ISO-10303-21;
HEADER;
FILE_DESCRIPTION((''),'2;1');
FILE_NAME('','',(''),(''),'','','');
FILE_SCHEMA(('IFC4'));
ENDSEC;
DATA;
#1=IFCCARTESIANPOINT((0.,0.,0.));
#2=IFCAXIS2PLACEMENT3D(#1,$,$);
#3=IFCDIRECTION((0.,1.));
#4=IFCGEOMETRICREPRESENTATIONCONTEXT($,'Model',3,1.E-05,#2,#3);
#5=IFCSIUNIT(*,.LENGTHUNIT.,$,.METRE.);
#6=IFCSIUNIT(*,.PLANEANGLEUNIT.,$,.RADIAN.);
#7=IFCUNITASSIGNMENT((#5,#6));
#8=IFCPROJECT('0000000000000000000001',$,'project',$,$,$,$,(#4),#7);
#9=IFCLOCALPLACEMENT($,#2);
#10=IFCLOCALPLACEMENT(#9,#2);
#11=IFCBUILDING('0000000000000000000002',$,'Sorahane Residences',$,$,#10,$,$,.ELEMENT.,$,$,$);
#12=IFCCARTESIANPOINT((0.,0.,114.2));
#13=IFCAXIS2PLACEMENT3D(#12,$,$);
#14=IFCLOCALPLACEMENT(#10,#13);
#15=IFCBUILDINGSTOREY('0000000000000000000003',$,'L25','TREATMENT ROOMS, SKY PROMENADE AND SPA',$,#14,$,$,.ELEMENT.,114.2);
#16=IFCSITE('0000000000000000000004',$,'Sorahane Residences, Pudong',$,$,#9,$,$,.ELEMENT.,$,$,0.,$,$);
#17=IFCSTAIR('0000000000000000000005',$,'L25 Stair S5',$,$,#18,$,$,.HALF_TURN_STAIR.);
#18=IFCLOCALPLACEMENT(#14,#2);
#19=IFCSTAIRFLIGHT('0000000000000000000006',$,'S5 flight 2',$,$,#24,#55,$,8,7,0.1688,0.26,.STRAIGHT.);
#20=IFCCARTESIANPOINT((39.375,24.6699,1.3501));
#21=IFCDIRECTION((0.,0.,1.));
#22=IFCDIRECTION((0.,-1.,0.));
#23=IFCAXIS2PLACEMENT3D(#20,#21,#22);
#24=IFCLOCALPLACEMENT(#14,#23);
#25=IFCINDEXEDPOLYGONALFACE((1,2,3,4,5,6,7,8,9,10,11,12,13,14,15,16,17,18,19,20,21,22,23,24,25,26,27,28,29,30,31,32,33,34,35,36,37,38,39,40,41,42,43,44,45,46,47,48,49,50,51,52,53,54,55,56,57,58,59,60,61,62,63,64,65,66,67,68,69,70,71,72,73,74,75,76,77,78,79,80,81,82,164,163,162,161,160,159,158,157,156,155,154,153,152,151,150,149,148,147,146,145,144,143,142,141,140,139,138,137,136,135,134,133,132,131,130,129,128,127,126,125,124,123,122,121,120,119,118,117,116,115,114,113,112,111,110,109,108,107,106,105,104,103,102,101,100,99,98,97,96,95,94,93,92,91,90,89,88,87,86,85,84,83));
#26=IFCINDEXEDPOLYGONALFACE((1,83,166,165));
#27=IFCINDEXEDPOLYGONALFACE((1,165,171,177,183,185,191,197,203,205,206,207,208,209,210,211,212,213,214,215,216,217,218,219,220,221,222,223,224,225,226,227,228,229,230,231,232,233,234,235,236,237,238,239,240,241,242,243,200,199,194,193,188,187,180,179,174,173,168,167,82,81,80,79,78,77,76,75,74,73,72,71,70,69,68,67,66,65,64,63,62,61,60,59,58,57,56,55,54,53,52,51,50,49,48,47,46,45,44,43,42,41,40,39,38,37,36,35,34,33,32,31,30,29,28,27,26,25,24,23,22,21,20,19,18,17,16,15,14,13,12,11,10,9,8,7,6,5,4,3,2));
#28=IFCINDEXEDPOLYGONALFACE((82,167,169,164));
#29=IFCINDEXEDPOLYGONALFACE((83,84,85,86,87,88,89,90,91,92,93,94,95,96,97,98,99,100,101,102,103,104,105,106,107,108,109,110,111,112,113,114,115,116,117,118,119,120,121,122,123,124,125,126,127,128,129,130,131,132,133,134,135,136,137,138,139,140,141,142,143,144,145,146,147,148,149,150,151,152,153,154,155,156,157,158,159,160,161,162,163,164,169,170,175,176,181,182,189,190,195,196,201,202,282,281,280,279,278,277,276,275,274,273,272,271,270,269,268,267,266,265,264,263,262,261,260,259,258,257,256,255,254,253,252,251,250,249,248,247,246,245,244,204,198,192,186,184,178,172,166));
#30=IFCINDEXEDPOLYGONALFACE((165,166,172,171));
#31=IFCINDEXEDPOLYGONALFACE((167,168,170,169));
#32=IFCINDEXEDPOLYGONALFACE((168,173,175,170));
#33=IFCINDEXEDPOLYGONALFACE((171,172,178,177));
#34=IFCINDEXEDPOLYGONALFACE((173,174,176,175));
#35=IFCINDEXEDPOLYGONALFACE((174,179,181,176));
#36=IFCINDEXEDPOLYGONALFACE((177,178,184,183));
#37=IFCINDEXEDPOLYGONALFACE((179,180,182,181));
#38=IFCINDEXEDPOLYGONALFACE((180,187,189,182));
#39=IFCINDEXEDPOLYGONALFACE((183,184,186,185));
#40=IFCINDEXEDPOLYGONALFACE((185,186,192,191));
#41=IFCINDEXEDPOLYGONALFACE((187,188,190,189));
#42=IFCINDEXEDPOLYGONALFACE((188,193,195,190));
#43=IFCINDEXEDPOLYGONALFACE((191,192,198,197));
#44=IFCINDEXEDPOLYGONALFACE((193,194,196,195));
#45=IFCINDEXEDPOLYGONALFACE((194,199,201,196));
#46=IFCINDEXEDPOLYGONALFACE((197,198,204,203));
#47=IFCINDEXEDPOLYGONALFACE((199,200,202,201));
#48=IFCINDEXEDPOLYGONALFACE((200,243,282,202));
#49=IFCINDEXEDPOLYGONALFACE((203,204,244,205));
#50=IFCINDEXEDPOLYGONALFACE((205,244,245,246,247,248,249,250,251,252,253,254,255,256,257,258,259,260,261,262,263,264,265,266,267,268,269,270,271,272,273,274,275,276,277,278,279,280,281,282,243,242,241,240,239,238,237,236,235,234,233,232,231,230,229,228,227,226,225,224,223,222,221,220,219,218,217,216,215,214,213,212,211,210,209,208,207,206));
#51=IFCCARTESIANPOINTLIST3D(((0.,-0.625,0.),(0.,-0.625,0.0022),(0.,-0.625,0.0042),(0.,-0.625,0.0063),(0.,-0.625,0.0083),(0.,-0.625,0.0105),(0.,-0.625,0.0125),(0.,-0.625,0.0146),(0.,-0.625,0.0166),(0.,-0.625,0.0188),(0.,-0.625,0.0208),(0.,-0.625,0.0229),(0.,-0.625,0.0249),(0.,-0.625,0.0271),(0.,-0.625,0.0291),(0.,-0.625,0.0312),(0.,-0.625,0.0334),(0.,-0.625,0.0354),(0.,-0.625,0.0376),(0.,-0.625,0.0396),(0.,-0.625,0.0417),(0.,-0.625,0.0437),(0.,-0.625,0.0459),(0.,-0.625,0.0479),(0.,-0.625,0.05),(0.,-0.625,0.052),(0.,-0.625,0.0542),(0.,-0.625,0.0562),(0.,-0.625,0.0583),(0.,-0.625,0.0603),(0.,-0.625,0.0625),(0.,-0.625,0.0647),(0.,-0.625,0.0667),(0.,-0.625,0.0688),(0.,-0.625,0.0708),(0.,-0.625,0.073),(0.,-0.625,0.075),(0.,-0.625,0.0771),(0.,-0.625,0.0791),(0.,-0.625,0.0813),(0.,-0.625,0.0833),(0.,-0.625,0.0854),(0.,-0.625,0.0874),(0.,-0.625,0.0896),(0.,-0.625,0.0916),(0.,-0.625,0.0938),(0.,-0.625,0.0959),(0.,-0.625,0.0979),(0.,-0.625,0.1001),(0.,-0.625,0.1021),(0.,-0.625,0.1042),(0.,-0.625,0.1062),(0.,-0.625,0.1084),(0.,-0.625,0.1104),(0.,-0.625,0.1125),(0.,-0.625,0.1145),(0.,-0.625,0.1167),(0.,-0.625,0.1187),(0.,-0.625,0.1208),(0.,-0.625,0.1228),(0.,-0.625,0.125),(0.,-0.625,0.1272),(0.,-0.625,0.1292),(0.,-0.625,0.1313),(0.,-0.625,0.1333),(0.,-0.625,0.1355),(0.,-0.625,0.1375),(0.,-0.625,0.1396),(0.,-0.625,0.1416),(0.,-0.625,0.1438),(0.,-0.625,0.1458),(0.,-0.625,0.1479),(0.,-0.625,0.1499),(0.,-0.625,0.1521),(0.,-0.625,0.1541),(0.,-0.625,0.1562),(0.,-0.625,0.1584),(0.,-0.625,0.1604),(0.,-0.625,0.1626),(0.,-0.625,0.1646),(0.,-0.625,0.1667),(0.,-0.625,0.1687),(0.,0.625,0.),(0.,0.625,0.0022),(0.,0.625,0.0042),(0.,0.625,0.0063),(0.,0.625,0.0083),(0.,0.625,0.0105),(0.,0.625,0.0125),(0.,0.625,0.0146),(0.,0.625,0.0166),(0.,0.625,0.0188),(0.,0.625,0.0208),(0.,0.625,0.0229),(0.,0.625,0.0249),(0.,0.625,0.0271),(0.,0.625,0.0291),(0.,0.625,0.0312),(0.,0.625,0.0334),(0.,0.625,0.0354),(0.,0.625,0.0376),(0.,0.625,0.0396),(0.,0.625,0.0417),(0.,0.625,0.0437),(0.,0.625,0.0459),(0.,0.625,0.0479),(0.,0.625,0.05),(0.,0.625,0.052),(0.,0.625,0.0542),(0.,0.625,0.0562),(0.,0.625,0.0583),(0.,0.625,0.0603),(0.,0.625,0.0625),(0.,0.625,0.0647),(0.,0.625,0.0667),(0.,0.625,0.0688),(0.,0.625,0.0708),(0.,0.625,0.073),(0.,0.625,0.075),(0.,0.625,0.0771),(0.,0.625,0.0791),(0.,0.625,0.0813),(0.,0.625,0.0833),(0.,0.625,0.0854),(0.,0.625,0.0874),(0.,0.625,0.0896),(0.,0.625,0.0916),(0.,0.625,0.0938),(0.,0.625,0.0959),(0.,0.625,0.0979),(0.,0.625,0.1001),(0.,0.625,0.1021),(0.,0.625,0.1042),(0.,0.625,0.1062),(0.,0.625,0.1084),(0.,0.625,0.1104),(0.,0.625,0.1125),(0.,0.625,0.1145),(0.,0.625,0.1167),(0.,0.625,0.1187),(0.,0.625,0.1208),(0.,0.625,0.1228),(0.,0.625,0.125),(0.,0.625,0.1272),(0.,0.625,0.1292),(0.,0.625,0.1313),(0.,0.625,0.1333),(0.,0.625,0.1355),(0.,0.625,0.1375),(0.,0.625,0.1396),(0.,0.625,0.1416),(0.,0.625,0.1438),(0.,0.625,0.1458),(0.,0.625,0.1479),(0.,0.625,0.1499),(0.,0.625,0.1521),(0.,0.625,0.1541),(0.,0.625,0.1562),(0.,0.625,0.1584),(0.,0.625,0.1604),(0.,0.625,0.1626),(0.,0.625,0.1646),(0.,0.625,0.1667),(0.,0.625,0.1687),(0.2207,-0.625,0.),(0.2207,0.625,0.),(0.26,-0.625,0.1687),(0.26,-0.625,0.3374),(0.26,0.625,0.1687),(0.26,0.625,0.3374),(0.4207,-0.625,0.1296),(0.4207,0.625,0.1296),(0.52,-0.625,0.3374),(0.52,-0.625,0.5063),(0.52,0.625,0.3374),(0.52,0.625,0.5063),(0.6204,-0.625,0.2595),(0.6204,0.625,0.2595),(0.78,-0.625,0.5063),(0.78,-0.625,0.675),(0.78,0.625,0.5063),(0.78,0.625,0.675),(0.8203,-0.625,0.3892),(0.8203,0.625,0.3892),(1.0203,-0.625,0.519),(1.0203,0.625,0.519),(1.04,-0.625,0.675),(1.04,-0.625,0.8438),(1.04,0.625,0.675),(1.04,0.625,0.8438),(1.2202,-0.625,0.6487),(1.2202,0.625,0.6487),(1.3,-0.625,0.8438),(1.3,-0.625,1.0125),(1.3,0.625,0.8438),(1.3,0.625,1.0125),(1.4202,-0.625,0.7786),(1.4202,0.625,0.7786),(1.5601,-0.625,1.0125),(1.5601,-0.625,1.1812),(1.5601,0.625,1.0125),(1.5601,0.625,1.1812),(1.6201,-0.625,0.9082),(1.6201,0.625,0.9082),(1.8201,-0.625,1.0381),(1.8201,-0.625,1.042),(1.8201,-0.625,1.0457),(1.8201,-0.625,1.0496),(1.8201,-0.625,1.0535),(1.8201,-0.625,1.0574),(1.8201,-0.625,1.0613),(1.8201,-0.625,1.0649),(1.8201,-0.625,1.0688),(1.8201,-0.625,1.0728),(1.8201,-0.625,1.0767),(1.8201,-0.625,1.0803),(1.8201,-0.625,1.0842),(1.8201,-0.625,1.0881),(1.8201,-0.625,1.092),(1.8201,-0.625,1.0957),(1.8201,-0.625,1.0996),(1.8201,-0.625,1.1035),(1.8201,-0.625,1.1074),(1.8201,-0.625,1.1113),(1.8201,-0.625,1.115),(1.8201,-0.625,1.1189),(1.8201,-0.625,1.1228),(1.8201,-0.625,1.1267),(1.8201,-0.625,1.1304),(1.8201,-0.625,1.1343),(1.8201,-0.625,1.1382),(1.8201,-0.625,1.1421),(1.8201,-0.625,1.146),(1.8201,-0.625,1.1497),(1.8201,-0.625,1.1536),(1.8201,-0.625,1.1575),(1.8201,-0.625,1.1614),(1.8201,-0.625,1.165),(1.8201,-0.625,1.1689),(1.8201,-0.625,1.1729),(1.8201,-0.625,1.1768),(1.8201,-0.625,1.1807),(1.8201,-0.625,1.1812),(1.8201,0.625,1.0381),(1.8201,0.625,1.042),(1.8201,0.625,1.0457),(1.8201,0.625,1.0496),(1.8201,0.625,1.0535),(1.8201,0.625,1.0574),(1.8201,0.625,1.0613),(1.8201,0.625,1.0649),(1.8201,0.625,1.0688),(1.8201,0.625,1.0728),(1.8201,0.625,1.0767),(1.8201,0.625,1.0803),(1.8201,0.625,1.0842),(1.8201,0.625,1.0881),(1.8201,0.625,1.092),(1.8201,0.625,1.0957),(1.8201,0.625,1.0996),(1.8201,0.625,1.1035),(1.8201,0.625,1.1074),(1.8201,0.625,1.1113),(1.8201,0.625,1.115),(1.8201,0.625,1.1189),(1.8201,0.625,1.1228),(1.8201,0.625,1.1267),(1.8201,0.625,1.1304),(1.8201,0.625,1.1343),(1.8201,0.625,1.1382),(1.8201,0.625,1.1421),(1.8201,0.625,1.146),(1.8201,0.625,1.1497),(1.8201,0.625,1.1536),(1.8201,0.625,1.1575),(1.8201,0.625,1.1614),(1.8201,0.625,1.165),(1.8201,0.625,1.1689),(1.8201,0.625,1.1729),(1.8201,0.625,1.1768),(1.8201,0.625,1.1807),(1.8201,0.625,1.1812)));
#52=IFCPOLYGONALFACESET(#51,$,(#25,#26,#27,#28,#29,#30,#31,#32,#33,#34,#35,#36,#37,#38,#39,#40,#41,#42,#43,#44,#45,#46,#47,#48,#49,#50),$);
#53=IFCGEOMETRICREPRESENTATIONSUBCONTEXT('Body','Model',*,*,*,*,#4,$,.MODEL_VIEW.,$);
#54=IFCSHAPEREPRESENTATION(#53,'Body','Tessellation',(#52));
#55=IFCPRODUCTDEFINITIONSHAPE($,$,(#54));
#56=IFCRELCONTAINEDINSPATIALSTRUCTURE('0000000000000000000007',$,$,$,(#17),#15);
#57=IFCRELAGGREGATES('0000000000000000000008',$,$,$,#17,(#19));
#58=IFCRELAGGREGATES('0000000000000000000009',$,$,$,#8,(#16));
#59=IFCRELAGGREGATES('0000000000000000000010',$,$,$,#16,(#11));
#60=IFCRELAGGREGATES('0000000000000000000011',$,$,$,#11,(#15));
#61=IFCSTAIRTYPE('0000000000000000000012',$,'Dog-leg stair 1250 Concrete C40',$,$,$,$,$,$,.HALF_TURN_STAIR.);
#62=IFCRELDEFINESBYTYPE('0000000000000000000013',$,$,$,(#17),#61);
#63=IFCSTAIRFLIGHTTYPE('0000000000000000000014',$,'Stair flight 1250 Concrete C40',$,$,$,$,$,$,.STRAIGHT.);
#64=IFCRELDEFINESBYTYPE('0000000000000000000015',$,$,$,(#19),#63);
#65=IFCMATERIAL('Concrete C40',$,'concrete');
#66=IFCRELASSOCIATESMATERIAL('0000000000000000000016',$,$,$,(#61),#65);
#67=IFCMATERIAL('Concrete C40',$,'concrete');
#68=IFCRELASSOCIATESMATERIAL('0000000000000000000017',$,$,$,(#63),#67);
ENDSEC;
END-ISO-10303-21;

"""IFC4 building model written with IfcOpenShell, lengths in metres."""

from ifc_helpers import new_model, si_unit, direction, frame, origin, place, context, subcontext, project, spatial, polyline, outline, extrude, material, type_object, element, aggregate, save


model = new_model("IFC4")

# Units and contexts
model_context = context("Model", 3, precision=1e-05, world=origin(), true_north=direction((0.0, 1.0)))
body_context = subcontext(model_context, "Body", "Model", "MODEL_VIEW")
ifc_project = project(units=[si_unit("LENGTHUNIT", "METRE"), si_unit("PLANEANGLEUNIT", "RADIAN")], contexts=[model_context])

# Site, building, storey
site_placement = place(None, origin())
site = spatial("IfcSite", under=ifc_project, at=site_placement, Name="Sorahane Residences, Pudong", CompositionType="ELEMENT", RefElevation=0.0)
building_placement = place(site_placement, origin())
building = spatial("IfcBuilding", under=site, at=building_placement, Name="Sorahane Residences", CompositionType="ELEMENT")
storey_placement = place(building_placement, frame((0.0, 0.0, 114.2)))
storey = spatial("IfcBuildingStorey", under=building, at=storey_placement, Name="L25", Description="TREATMENT ROOMS, SKY PROMENADE AND SPA", CompositionType="ELEMENT", Elevation=114.2)

# Stair, stair flight
ifc_material_1 = material(Name="Concrete C40", Category="concrete")
stair_type = type_object("IfcStairType", Name="Dog-leg stair 1250 Concrete C40", PredefinedType="HALF_TURN_STAIR", material=ifc_material_1)
stair_placement = place(storey_placement, origin())
stair = element("IfcStair", 1, at=stair_placement, inside=storey, type_object=stair_type, Name="L25 Stair S5", PredefinedType="HALF_TURN_STAIR")
ifc_material_2 = material(Name="Concrete C40", Category="concrete")
stair_flight_type = type_object("IfcStairFlightType", Name="Stair flight 1250 Concrete C40", PredefinedType="STRAIGHT", material=ifc_material_2)
stair_flight_1_placement = place(storey_placement, frame((39.375, 24.6699, 1.3501), z_axis=(0.0, 0.0, 1.0), x_axis=(0.0, -1.0, 0.0)))
stair_flight_1 = element("IfcStairFlight", 2, at=stair_flight_1_placement, type_object=stair_flight_type, Name="S5 flight 2", NumberOfRisers=8, NumberOfTreads=7, PredefinedType="STRAIGHT", RiserHeight=0.1688, TreadLength=0.26, context=body_context, shape_type="SweptSolid", body=[
    extrude(outline(polyline([(0.0, 0.0), (0.0, 0.0022), (0.0, 0.0042), (0.0, 0.0063), (0.0, 0.0083), (0.0, 0.0105), (0.0, 0.0125), (0.0, 0.0146), (0.0, 0.0166), (0.0, 0.0188), (0.0, 0.0208), (0.0, 0.0229), (0.0, 0.0249), (0.0, 0.0271), (0.0, 0.0291), (0.0, 0.0312), (0.0, 0.0334), (0.0, 0.0354), (0.0, 0.0376), (0.0, 0.0396), (0.0, 0.0417), (0.0, 0.0437), (0.0, 0.0459), (0.0, 0.0479), (0.0, 0.05), (0.0, 0.052), (0.0, 0.0542), (0.0, 0.0562), (0.0, 0.0583), (0.0, 0.0603), (0.0, 0.0625), (0.0, 0.0647), (0.0, 0.0667), (0.0, 0.0688), (0.0, 0.0708), (0.0, 0.073), (0.0, 0.075), (0.0, 0.0771), (0.0, 0.0791), (0.0, 0.0813), (0.0, 0.0833), (0.0, 0.0854), (0.0, 0.0874), (0.0, 0.0896), (0.0, 0.0916), (0.0, 0.0938), (0.0, 0.0959), (0.0, 0.0979), (0.0, 0.1001), (0.0, 0.1021), (0.0, 0.1042), (0.0, 0.1062), (0.0, 0.1084), (0.0, 0.1104), (0.0, 0.1125), (0.0, 0.1145), (0.0, 0.1167), (0.0, 0.1187), (0.0, 0.1208), (0.0, 0.1228), (0.0, 0.125), (0.0, 0.1272), (0.0, 0.1292), (0.0, 0.1313), (0.0, 0.1333), (0.0, 0.1355), (0.0, 0.1375), (0.0, 0.1396), (0.0, 0.1416), (0.0, 0.1438), (0.0, 0.1458), (0.0, 0.1479), (0.0, 0.1499), (0.0, 0.1521), (0.0, 0.1541), (0.0, 0.1562), (0.0, 0.1584), (0.0, 0.1604), (0.0, 0.1626), (0.0, 0.1646), (0.0, 0.1667), (0.0, 0.1687), (0.26, 0.1687), (0.26, 0.3374), (0.52, 0.3374), (0.52, 0.5063), (0.78, 0.5063), (0.78, 0.675), (1.04, 0.675), (1.04, 0.8438), (1.3, 0.8438), (1.3, 1.0125), (1.5601, 1.0125), (1.5601, 1.1812), (1.8201, 1.1812), (1.8201, 1.3501), (1.8201, 1.3462), (1.8201, 1.3423), (1.8201, 1.3384), (1.8201, 1.3347), (1.8201, 1.3308), (1.8201, 1.3269), (1.8201, 1.323), (1.8201, 1.3191), (1.8201, 1.3154), (1.8201, 1.3115), (1.8201, 1.3076), (1.8201, 1.3037), (1.8201, 1.3), (1.8201, 1.2961), (1.8201, 1.2922), (1.8201, 1.2883), (1.8201, 1.2844), (1.8201, 1.2808), (1.8201, 1.2769), (1.8201, 1.2729), (1.8201, 1.269), (1.8201, 1.2654), (1.8201, 1.2615), (1.8201, 1.2576), (1.8201, 1.2537), (1.8201, 1.2498), (1.8201, 1.2461), (1.8201, 1.2422), (1.8201, 1.2383), (1.8201, 1.2344), (1.8201, 1.2307), (1.8201, 1.2268), (1.8201, 1.2229), (1.8201, 1.219), (1.8201, 1.2151), (1.8201, 1.2114), (1.8201, 1.2075), (1.8201, 1.2036), (1.8201, 1.1997), (1.8201, 1.196), (1.8201, 1.1921), (1.8201, 1.1882), (1.8201, 1.1843), (1.8201, 1.1807), (1.8201, 1.1768), (1.8201, 1.1729), (1.8201, 1.1689), (1.8201, 1.165), (1.8201, 1.1614), (1.8201, 1.1575), (1.8201, 1.1536), (1.8201, 1.1497), (1.8201, 1.146), (1.8201, 1.1421), (1.8201, 1.1382), (1.8201, 1.1343), (1.8201, 1.1304), (1.8201, 1.1267), (1.8201, 1.1228), (1.8201, 1.1189), (1.8201, 1.115), (1.8201, 1.1113), (1.8201, 1.1074), (1.8201, 1.1035), (1.8201, 1.0996), (1.8201, 1.0957), (1.8201, 1.092), (1.8201, 1.0881), (1.8201, 1.0842), (1.8201, 1.0803), (1.8201, 1.0767), (1.8201, 1.0728), (1.8201, 1.0688), (1.8201, 1.0649), (1.8201, 1.0613), (1.8201, 1.0574), (1.8201, 1.0535), (1.8201, 1.0496), (1.8201, 1.0457), (1.8201, 1.042), (1.8201, 1.0381), (1.6201, 0.9082), (1.4202, 0.7786), (1.2202, 0.6487), (1.0203, 0.519), (0.8203, 0.3892), (0.6204, 0.2595), (0.4207, 0.1296), (0.2207, 0.0), (0.0, 0.0)])), frame((0.0, 0.625, 0.0), z_axis=(0.0, -1.0, 0.0), x_axis=(1.0, 0.0, 0.0)), (0.0, 0.0, 1.0), 1.25),
])
aggregate(stair, [stair_flight_1])

save(model, "model.ifc")
